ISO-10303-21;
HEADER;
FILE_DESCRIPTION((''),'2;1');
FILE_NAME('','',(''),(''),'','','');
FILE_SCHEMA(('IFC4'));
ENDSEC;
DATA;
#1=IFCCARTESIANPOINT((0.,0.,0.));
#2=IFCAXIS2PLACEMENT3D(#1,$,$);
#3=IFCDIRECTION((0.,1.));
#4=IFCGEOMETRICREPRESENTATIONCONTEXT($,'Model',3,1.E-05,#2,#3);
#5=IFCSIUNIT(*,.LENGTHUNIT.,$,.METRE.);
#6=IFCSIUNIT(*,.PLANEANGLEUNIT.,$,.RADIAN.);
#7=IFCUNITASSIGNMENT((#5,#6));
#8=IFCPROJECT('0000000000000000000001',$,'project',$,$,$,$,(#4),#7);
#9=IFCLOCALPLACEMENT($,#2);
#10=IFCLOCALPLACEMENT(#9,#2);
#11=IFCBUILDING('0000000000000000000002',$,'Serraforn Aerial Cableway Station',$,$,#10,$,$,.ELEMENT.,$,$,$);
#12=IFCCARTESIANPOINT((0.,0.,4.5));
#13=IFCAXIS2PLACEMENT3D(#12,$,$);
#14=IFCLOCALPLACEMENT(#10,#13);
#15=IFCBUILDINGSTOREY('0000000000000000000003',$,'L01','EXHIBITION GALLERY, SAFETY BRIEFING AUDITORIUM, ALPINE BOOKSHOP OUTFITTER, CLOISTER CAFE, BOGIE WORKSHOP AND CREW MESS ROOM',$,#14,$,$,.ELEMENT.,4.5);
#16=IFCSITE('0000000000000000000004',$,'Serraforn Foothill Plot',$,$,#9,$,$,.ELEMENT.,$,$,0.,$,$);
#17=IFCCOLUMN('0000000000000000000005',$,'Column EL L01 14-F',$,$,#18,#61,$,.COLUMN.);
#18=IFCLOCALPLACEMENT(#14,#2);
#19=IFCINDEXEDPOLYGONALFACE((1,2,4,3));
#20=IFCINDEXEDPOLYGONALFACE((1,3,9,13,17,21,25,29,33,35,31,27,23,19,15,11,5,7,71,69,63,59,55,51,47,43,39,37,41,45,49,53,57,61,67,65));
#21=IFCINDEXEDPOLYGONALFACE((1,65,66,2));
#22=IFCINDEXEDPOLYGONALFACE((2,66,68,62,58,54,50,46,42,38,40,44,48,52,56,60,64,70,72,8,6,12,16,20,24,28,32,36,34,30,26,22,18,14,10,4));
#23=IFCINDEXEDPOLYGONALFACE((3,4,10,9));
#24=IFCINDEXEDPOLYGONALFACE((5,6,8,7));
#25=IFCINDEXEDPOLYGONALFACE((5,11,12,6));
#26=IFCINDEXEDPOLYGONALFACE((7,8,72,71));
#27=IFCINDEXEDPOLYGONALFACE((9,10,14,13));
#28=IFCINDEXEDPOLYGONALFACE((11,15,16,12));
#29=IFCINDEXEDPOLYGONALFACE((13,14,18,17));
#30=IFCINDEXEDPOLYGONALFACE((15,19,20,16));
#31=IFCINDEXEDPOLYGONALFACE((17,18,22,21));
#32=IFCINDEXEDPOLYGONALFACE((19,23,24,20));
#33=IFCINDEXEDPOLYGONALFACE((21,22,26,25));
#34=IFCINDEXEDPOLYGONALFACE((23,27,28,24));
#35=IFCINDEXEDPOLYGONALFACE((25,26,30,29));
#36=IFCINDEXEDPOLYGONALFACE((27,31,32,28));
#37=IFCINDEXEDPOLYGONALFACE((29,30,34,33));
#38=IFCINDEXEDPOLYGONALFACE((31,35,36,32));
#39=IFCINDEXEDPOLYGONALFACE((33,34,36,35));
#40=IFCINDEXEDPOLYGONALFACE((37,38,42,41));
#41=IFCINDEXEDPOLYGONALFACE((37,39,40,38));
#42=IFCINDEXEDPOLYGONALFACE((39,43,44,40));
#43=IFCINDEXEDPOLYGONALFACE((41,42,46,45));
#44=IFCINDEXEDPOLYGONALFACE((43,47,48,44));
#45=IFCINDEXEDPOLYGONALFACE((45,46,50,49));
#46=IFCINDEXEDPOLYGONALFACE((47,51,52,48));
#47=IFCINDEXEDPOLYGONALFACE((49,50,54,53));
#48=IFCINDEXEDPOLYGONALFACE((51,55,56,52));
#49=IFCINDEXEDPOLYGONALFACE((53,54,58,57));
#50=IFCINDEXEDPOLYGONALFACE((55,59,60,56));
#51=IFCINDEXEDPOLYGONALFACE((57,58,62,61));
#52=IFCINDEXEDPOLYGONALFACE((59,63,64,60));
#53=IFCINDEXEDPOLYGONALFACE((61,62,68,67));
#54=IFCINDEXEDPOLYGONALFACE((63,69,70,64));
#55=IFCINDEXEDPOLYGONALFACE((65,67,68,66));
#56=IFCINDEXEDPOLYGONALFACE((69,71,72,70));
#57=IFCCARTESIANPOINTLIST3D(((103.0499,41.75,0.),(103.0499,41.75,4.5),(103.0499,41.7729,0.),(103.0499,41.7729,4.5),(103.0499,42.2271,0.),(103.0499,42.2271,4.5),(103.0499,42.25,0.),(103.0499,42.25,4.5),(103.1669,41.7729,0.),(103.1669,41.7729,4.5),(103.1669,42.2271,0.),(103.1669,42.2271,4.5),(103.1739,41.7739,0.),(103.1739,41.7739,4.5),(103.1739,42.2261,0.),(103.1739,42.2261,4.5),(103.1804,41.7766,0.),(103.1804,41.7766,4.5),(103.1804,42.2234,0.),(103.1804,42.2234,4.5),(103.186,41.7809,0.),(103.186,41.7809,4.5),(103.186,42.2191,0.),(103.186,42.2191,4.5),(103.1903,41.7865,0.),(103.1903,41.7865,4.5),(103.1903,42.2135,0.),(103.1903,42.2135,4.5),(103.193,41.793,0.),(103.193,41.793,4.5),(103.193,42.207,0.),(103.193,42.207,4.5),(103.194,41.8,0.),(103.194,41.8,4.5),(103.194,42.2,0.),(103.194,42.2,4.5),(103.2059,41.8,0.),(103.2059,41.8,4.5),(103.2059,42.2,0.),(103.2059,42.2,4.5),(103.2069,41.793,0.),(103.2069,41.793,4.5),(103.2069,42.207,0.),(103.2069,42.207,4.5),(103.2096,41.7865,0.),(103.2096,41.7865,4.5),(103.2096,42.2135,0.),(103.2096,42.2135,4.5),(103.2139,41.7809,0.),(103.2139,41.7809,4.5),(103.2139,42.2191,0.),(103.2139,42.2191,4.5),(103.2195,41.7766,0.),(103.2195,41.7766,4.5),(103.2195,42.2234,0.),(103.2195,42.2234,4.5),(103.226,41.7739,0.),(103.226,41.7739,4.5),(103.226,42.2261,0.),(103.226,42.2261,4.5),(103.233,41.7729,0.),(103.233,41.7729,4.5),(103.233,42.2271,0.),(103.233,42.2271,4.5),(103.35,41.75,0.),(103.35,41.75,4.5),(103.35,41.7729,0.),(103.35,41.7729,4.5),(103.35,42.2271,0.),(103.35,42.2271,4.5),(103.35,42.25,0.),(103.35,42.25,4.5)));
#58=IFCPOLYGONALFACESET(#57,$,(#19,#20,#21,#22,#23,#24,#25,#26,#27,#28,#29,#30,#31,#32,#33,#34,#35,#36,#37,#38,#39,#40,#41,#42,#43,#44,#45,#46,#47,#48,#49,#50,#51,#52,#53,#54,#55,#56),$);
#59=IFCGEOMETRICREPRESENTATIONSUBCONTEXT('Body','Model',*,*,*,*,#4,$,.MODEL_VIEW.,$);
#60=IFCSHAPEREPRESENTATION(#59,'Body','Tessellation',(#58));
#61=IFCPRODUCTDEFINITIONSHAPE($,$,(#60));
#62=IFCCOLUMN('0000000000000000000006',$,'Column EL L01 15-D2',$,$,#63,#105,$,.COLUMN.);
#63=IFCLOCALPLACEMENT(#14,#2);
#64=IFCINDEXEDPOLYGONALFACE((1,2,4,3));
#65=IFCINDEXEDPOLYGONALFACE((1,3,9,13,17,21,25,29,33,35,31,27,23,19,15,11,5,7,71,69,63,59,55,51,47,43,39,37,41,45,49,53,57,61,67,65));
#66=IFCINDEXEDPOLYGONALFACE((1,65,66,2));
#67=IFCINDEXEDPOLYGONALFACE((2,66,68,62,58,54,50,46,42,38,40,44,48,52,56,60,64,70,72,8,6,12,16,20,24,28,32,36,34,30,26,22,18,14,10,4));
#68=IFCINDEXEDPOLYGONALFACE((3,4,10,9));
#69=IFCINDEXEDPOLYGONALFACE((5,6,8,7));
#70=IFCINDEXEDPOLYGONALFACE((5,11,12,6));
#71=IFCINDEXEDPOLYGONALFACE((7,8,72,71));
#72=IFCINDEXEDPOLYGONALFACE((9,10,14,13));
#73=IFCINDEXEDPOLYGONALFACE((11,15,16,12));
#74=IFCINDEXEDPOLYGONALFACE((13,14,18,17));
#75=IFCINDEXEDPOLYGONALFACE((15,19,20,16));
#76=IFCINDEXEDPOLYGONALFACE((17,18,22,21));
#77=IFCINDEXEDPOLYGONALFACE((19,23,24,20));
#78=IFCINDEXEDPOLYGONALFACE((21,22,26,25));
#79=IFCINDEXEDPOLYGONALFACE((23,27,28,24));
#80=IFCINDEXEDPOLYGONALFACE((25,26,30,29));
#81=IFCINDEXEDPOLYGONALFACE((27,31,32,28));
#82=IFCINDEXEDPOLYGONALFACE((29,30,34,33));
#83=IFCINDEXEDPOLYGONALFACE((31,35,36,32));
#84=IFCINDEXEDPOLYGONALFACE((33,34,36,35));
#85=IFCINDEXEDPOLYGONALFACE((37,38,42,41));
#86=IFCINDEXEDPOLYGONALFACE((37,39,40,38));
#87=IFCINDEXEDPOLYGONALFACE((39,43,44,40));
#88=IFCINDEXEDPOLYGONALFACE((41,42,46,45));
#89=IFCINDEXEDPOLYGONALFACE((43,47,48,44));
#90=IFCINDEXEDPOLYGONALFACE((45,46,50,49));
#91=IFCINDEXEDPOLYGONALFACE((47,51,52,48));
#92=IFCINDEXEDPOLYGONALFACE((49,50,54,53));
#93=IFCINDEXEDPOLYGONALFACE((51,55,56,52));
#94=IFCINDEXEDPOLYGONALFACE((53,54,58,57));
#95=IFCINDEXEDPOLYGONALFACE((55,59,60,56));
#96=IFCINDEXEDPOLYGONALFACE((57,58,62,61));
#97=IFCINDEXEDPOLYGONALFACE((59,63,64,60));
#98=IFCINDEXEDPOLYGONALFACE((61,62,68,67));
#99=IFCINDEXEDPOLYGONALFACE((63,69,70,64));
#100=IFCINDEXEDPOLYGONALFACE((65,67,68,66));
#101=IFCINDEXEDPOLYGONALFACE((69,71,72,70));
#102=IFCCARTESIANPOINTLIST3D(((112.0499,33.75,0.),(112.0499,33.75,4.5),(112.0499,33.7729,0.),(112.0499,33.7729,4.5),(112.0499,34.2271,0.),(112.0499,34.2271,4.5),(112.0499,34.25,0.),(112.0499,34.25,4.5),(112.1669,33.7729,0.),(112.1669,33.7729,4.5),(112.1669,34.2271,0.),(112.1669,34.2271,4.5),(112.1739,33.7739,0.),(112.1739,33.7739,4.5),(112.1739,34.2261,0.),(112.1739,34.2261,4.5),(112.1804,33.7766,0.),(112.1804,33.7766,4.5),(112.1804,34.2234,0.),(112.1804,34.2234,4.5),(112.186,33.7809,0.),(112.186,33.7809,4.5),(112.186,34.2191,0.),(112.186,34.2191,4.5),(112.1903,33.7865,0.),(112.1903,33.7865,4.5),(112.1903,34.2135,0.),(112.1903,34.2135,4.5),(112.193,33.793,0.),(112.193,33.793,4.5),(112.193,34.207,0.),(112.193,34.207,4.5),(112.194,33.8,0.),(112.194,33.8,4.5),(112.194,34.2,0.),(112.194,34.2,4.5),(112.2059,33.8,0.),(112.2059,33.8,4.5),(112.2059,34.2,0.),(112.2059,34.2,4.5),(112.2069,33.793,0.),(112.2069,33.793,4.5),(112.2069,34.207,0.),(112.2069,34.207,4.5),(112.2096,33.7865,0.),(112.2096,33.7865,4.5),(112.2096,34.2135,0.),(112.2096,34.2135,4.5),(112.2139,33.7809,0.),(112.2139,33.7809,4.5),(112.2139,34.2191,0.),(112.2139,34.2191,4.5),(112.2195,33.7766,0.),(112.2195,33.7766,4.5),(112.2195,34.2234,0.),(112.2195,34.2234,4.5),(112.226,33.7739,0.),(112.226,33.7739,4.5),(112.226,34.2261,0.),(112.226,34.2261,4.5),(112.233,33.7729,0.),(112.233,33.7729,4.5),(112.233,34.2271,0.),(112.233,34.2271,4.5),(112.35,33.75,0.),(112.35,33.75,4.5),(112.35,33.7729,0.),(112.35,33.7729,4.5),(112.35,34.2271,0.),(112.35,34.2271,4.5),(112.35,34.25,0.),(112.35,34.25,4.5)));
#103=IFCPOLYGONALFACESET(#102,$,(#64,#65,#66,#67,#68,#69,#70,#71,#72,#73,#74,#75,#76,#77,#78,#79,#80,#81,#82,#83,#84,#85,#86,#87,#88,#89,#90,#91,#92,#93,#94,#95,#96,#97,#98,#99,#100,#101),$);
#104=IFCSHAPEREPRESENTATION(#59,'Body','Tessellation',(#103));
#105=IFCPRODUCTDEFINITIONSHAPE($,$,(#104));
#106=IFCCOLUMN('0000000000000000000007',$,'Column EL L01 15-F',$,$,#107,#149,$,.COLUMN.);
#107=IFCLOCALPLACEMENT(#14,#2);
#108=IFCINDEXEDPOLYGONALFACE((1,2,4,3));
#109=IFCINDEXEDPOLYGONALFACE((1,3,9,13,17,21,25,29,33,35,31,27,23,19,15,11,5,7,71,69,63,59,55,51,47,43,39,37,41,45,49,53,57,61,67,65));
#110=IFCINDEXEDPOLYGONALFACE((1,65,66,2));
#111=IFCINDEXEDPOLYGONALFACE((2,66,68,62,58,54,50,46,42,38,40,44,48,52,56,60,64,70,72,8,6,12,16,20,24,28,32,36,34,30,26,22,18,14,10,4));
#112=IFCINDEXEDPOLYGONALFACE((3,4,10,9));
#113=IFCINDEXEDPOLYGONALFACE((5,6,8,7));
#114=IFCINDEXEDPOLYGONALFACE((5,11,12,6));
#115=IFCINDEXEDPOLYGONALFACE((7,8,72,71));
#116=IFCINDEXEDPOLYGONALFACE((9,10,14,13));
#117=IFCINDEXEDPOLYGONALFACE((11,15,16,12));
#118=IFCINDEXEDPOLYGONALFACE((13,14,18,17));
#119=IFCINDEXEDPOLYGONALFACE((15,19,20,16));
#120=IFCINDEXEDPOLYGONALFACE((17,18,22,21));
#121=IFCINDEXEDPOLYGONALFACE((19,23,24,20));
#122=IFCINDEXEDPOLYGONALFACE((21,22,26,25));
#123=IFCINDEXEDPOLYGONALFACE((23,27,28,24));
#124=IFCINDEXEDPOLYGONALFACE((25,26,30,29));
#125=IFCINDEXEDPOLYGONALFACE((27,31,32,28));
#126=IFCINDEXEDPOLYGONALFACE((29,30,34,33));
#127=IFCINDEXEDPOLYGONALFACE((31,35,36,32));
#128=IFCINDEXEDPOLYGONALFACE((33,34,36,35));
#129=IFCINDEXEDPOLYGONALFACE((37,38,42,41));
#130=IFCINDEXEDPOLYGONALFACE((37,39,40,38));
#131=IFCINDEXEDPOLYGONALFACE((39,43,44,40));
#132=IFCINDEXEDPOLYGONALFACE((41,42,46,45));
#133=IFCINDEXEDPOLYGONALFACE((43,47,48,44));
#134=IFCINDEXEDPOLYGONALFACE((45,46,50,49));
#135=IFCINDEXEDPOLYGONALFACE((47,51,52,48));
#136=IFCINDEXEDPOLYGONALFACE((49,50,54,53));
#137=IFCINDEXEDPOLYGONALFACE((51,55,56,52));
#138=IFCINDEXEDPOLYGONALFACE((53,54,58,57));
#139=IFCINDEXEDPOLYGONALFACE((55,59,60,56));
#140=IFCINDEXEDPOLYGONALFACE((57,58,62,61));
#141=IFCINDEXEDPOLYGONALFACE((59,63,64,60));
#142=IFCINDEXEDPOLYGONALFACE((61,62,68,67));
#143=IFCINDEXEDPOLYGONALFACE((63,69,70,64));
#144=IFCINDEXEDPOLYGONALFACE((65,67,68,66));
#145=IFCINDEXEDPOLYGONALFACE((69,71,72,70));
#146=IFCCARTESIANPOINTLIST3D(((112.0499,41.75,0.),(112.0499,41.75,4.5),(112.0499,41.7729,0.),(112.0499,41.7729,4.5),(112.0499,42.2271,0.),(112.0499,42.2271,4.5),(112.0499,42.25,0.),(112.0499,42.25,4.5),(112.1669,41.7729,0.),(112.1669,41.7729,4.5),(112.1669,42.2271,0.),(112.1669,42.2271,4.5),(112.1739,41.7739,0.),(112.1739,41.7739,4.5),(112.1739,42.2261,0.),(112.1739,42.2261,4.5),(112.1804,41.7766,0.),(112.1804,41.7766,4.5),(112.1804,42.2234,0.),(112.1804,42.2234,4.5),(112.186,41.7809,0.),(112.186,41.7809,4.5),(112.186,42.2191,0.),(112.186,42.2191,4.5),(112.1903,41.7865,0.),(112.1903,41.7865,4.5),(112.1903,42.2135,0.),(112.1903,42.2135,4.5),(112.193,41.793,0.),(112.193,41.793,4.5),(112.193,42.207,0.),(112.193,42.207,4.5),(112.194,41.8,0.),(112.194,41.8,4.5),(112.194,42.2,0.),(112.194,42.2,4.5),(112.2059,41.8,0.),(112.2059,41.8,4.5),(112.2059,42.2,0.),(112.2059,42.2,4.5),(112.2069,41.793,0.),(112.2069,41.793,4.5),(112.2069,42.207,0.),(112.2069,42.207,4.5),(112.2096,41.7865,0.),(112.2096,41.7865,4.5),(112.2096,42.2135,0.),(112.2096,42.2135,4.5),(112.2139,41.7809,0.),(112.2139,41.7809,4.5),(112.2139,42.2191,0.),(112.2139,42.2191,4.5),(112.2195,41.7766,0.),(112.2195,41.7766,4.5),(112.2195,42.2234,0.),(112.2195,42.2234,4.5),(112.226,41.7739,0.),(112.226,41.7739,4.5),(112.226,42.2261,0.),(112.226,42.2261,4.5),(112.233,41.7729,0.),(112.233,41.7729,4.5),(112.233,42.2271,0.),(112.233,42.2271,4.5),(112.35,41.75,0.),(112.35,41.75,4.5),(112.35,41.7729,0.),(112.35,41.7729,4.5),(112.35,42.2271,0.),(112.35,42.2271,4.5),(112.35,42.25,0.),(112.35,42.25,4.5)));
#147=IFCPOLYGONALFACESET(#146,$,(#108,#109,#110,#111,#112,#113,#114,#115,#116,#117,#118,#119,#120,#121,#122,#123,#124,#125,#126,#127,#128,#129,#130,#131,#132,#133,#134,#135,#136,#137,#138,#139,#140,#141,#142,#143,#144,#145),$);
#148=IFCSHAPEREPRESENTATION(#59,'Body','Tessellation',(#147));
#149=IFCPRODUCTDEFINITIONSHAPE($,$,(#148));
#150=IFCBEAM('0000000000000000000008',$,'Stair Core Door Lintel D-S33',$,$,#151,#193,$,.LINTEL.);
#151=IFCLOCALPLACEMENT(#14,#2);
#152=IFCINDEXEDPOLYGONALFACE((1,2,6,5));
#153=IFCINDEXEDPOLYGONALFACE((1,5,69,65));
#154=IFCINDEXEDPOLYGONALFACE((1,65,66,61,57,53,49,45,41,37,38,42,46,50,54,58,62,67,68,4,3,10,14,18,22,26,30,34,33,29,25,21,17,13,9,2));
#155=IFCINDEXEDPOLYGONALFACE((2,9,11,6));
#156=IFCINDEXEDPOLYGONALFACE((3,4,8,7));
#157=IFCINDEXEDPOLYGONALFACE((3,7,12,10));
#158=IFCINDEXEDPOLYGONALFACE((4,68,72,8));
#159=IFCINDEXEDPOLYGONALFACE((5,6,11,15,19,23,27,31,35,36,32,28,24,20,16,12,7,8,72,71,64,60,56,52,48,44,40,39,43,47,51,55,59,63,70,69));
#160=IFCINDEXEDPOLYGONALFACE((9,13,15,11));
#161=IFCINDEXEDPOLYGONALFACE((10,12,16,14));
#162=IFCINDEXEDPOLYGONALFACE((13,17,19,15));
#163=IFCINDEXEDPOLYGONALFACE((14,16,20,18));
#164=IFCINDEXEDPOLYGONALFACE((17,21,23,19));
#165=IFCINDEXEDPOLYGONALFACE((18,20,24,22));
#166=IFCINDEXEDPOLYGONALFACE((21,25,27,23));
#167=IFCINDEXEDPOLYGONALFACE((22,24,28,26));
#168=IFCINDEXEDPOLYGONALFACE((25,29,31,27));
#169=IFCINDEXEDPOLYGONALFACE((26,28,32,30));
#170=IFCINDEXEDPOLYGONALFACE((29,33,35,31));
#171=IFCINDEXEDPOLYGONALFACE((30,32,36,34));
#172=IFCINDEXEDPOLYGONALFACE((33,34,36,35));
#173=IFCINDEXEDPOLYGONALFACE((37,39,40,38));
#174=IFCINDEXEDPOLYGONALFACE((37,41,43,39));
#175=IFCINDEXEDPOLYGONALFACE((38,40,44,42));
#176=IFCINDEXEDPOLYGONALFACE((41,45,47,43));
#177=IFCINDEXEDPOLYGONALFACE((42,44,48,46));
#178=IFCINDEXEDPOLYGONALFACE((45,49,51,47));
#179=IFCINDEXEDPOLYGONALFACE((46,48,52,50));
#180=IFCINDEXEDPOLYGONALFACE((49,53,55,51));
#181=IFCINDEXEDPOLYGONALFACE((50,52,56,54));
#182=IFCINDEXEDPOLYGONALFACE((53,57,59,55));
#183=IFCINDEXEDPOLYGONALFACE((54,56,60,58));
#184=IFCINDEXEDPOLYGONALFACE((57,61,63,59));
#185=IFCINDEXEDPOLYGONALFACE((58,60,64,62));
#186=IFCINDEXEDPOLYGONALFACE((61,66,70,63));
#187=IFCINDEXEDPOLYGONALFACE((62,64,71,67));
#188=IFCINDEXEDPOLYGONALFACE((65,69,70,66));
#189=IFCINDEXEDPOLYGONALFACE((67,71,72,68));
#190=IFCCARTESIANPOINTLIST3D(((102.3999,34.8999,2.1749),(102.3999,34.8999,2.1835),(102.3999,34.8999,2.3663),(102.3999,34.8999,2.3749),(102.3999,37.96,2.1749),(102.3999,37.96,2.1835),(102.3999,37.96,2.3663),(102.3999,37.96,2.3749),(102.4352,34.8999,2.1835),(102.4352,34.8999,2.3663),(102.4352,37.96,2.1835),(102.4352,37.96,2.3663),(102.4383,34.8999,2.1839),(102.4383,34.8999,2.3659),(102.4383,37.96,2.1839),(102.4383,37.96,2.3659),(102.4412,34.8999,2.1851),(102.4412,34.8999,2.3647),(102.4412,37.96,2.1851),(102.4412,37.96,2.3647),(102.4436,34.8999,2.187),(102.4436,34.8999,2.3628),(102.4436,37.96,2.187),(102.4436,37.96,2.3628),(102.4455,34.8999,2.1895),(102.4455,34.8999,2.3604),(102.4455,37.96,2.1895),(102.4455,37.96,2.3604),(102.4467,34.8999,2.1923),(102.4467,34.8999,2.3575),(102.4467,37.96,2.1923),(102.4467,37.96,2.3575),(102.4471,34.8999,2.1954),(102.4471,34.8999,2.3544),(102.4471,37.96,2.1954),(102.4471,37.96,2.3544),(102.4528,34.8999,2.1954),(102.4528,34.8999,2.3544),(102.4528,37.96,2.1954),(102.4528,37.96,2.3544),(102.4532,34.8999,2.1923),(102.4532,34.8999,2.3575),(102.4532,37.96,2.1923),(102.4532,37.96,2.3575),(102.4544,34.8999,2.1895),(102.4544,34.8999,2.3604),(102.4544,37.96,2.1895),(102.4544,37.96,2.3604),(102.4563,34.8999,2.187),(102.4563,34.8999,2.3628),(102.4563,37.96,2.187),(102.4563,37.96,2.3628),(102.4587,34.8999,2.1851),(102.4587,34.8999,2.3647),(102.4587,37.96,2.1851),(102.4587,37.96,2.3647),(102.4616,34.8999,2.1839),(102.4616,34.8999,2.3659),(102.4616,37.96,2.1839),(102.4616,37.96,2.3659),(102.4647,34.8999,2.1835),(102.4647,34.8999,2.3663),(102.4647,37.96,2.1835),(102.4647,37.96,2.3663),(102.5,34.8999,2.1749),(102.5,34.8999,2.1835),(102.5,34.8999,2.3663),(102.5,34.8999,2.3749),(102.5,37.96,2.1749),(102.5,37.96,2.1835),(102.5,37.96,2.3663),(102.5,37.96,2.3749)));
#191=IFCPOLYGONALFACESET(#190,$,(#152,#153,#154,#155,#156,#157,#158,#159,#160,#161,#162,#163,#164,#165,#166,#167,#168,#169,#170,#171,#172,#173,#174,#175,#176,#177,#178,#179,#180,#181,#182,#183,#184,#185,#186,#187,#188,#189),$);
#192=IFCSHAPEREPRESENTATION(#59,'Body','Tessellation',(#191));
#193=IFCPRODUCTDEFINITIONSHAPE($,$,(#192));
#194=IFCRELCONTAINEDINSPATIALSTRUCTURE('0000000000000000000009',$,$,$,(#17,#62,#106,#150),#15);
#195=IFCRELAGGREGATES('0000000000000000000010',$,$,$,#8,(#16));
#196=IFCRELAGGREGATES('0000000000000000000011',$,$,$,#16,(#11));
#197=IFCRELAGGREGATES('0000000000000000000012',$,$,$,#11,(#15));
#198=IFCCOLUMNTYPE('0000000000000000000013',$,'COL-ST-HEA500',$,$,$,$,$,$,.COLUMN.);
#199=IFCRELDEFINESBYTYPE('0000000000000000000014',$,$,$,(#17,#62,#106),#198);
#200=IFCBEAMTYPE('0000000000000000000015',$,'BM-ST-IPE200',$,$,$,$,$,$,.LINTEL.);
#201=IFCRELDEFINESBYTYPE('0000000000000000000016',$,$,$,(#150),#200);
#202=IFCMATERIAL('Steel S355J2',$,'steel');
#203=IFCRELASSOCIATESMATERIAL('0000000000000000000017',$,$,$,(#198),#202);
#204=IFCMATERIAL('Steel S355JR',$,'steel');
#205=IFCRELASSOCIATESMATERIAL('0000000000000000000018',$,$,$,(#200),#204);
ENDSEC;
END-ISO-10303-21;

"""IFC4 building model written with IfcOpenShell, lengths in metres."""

from ifc_helpers import new_model, si_unit, direction, frame, origin, origin_2d, place, context, subcontext, project, spatial, i_section, extrude, material, material_profile, profile_set, type_object, element, save


model = new_model("IFC4")

# Units and contexts
model_context = context("Model", 3, precision=1e-05, world=origin(), true_north=direction((0.0, 1.0)))
body_context = subcontext(model_context, "Body", "Model", "MODEL_VIEW")
ifc_project = project(units=[si_unit("LENGTHUNIT", "METRE"), si_unit("PLANEANGLEUNIT", "RADIAN")], contexts=[model_context])

# Site, building, storey
site_placement = place(None, origin())
site = spatial("IfcSite", under=ifc_project, at=site_placement, Name="Serraforn Foothill Plot", CompositionType="ELEMENT", RefElevation=0.0)
building_placement = place(site_placement, origin())
building = spatial("IfcBuilding", under=site, at=building_placement, Name="Serraforn Aerial Cableway Station", CompositionType="ELEMENT")
storey_placement = place(building_placement, frame((0.0, 0.0, 4.5)))
storey = spatial("IfcBuildingStorey", under=building, at=storey_placement, Name="L01", Description="EXHIBITION GALLERY, SAFETY BRIEFING AUDITORIUM, ALPINE BOOKSHOP OUTFITTER, CLOISTER CAFE, BOGIE WORKSHOP AND CREW MESS ROOM", CompositionType="ELEMENT", Elevation=4.5)

# Columns
ifc_material_1 = material(Name="Steel S355J2", Category="steel")
ifc_material_profile_1 = material_profile(ifc_material_1, i_section(OverallWidth=0.3, OverallDepth=0.5, WebThickness=0.012, FlangeThickness=0.0229, FilletRadius=0.0271, at=origin_2d()), Name="HEA 500")
ifc_profile_set_1 = profile_set([ifc_material_profile_1], Name="Steel S355J2")
column_type = type_object("IfcColumnType", Name="COL-ST-HEA500", PredefinedType="COLUMN", material=ifc_profile_set_1)
for number, where, z_axis, x_axis, name in (
    (1, (103.2, 42.0, 0.0), (0.0, 0.0, 1.0), (1.0, 0.0, 0.0), "Column EL L01 14-F"),
    (2, (112.2, 34.0, 0.0), (0.0, 0.0, 1.0), (1.0, 0.0, 0.0), "Column EL L01 15-D2"),
    (3, (112.2, 42.0, 0.0), (0.0, 0.0, 1.0), (1.0, 0.0, 0.0), "Column EL L01 15-F"),
):
    element("IfcColumn", number, at=place(storey_placement, frame(where, z_axis=z_axis, x_axis=x_axis)), inside=storey, type_object=column_type, Name=name, PredefinedType="COLUMN", context=body_context, shape_type="SweptSolid", body=[
        extrude(i_section(OverallWidth=0.3, OverallDepth=0.5, WebThickness=0.012, FlangeThickness=0.0229, FilletRadius=0.0271, at=origin_2d()), origin(), (0.0, 0.0, 1.0), 4.5),
    ])

# Beam
ifc_material_2 = material(Name="Steel S355JR", Category="steel")
ifc_material_profile_2 = material_profile(ifc_material_2, i_section(OverallWidth=0.1001, OverallDepth=0.2, WebThickness=0.0056, FlangeThickness=0.0085, FilletRadius=0.012, at=origin_2d()), Name="IPE 200")
ifc_profile_set_2 = profile_set([ifc_material_profile_2], Name="Steel S355JR")
beam_type = type_object("IfcBeamType", Name="BM-ST-IPE200", PredefinedType="LINTEL", material=ifc_profile_set_2)
beam_placement = place(storey_placement, frame((102.45, 37.96, 2.2749), z_axis=(0.0, -1.0, 0.0), x_axis=(1.0, 0.0, 0.0)))
element("IfcBeam", 4, at=beam_placement, inside=storey, type_object=beam_type, Name="Stair Core Door Lintel D-S33", PredefinedType="LINTEL", context=body_context, shape_type="SweptSolid", body=[
    extrude(i_section(OverallWidth=0.1001, OverallDepth=0.2, WebThickness=0.0056, FlangeThickness=0.0085, FilletRadius=0.012, at=origin_2d()), origin(), (0.0, 0.0, 1.0), 3.0601),
])

save(model, "model.ifc")
